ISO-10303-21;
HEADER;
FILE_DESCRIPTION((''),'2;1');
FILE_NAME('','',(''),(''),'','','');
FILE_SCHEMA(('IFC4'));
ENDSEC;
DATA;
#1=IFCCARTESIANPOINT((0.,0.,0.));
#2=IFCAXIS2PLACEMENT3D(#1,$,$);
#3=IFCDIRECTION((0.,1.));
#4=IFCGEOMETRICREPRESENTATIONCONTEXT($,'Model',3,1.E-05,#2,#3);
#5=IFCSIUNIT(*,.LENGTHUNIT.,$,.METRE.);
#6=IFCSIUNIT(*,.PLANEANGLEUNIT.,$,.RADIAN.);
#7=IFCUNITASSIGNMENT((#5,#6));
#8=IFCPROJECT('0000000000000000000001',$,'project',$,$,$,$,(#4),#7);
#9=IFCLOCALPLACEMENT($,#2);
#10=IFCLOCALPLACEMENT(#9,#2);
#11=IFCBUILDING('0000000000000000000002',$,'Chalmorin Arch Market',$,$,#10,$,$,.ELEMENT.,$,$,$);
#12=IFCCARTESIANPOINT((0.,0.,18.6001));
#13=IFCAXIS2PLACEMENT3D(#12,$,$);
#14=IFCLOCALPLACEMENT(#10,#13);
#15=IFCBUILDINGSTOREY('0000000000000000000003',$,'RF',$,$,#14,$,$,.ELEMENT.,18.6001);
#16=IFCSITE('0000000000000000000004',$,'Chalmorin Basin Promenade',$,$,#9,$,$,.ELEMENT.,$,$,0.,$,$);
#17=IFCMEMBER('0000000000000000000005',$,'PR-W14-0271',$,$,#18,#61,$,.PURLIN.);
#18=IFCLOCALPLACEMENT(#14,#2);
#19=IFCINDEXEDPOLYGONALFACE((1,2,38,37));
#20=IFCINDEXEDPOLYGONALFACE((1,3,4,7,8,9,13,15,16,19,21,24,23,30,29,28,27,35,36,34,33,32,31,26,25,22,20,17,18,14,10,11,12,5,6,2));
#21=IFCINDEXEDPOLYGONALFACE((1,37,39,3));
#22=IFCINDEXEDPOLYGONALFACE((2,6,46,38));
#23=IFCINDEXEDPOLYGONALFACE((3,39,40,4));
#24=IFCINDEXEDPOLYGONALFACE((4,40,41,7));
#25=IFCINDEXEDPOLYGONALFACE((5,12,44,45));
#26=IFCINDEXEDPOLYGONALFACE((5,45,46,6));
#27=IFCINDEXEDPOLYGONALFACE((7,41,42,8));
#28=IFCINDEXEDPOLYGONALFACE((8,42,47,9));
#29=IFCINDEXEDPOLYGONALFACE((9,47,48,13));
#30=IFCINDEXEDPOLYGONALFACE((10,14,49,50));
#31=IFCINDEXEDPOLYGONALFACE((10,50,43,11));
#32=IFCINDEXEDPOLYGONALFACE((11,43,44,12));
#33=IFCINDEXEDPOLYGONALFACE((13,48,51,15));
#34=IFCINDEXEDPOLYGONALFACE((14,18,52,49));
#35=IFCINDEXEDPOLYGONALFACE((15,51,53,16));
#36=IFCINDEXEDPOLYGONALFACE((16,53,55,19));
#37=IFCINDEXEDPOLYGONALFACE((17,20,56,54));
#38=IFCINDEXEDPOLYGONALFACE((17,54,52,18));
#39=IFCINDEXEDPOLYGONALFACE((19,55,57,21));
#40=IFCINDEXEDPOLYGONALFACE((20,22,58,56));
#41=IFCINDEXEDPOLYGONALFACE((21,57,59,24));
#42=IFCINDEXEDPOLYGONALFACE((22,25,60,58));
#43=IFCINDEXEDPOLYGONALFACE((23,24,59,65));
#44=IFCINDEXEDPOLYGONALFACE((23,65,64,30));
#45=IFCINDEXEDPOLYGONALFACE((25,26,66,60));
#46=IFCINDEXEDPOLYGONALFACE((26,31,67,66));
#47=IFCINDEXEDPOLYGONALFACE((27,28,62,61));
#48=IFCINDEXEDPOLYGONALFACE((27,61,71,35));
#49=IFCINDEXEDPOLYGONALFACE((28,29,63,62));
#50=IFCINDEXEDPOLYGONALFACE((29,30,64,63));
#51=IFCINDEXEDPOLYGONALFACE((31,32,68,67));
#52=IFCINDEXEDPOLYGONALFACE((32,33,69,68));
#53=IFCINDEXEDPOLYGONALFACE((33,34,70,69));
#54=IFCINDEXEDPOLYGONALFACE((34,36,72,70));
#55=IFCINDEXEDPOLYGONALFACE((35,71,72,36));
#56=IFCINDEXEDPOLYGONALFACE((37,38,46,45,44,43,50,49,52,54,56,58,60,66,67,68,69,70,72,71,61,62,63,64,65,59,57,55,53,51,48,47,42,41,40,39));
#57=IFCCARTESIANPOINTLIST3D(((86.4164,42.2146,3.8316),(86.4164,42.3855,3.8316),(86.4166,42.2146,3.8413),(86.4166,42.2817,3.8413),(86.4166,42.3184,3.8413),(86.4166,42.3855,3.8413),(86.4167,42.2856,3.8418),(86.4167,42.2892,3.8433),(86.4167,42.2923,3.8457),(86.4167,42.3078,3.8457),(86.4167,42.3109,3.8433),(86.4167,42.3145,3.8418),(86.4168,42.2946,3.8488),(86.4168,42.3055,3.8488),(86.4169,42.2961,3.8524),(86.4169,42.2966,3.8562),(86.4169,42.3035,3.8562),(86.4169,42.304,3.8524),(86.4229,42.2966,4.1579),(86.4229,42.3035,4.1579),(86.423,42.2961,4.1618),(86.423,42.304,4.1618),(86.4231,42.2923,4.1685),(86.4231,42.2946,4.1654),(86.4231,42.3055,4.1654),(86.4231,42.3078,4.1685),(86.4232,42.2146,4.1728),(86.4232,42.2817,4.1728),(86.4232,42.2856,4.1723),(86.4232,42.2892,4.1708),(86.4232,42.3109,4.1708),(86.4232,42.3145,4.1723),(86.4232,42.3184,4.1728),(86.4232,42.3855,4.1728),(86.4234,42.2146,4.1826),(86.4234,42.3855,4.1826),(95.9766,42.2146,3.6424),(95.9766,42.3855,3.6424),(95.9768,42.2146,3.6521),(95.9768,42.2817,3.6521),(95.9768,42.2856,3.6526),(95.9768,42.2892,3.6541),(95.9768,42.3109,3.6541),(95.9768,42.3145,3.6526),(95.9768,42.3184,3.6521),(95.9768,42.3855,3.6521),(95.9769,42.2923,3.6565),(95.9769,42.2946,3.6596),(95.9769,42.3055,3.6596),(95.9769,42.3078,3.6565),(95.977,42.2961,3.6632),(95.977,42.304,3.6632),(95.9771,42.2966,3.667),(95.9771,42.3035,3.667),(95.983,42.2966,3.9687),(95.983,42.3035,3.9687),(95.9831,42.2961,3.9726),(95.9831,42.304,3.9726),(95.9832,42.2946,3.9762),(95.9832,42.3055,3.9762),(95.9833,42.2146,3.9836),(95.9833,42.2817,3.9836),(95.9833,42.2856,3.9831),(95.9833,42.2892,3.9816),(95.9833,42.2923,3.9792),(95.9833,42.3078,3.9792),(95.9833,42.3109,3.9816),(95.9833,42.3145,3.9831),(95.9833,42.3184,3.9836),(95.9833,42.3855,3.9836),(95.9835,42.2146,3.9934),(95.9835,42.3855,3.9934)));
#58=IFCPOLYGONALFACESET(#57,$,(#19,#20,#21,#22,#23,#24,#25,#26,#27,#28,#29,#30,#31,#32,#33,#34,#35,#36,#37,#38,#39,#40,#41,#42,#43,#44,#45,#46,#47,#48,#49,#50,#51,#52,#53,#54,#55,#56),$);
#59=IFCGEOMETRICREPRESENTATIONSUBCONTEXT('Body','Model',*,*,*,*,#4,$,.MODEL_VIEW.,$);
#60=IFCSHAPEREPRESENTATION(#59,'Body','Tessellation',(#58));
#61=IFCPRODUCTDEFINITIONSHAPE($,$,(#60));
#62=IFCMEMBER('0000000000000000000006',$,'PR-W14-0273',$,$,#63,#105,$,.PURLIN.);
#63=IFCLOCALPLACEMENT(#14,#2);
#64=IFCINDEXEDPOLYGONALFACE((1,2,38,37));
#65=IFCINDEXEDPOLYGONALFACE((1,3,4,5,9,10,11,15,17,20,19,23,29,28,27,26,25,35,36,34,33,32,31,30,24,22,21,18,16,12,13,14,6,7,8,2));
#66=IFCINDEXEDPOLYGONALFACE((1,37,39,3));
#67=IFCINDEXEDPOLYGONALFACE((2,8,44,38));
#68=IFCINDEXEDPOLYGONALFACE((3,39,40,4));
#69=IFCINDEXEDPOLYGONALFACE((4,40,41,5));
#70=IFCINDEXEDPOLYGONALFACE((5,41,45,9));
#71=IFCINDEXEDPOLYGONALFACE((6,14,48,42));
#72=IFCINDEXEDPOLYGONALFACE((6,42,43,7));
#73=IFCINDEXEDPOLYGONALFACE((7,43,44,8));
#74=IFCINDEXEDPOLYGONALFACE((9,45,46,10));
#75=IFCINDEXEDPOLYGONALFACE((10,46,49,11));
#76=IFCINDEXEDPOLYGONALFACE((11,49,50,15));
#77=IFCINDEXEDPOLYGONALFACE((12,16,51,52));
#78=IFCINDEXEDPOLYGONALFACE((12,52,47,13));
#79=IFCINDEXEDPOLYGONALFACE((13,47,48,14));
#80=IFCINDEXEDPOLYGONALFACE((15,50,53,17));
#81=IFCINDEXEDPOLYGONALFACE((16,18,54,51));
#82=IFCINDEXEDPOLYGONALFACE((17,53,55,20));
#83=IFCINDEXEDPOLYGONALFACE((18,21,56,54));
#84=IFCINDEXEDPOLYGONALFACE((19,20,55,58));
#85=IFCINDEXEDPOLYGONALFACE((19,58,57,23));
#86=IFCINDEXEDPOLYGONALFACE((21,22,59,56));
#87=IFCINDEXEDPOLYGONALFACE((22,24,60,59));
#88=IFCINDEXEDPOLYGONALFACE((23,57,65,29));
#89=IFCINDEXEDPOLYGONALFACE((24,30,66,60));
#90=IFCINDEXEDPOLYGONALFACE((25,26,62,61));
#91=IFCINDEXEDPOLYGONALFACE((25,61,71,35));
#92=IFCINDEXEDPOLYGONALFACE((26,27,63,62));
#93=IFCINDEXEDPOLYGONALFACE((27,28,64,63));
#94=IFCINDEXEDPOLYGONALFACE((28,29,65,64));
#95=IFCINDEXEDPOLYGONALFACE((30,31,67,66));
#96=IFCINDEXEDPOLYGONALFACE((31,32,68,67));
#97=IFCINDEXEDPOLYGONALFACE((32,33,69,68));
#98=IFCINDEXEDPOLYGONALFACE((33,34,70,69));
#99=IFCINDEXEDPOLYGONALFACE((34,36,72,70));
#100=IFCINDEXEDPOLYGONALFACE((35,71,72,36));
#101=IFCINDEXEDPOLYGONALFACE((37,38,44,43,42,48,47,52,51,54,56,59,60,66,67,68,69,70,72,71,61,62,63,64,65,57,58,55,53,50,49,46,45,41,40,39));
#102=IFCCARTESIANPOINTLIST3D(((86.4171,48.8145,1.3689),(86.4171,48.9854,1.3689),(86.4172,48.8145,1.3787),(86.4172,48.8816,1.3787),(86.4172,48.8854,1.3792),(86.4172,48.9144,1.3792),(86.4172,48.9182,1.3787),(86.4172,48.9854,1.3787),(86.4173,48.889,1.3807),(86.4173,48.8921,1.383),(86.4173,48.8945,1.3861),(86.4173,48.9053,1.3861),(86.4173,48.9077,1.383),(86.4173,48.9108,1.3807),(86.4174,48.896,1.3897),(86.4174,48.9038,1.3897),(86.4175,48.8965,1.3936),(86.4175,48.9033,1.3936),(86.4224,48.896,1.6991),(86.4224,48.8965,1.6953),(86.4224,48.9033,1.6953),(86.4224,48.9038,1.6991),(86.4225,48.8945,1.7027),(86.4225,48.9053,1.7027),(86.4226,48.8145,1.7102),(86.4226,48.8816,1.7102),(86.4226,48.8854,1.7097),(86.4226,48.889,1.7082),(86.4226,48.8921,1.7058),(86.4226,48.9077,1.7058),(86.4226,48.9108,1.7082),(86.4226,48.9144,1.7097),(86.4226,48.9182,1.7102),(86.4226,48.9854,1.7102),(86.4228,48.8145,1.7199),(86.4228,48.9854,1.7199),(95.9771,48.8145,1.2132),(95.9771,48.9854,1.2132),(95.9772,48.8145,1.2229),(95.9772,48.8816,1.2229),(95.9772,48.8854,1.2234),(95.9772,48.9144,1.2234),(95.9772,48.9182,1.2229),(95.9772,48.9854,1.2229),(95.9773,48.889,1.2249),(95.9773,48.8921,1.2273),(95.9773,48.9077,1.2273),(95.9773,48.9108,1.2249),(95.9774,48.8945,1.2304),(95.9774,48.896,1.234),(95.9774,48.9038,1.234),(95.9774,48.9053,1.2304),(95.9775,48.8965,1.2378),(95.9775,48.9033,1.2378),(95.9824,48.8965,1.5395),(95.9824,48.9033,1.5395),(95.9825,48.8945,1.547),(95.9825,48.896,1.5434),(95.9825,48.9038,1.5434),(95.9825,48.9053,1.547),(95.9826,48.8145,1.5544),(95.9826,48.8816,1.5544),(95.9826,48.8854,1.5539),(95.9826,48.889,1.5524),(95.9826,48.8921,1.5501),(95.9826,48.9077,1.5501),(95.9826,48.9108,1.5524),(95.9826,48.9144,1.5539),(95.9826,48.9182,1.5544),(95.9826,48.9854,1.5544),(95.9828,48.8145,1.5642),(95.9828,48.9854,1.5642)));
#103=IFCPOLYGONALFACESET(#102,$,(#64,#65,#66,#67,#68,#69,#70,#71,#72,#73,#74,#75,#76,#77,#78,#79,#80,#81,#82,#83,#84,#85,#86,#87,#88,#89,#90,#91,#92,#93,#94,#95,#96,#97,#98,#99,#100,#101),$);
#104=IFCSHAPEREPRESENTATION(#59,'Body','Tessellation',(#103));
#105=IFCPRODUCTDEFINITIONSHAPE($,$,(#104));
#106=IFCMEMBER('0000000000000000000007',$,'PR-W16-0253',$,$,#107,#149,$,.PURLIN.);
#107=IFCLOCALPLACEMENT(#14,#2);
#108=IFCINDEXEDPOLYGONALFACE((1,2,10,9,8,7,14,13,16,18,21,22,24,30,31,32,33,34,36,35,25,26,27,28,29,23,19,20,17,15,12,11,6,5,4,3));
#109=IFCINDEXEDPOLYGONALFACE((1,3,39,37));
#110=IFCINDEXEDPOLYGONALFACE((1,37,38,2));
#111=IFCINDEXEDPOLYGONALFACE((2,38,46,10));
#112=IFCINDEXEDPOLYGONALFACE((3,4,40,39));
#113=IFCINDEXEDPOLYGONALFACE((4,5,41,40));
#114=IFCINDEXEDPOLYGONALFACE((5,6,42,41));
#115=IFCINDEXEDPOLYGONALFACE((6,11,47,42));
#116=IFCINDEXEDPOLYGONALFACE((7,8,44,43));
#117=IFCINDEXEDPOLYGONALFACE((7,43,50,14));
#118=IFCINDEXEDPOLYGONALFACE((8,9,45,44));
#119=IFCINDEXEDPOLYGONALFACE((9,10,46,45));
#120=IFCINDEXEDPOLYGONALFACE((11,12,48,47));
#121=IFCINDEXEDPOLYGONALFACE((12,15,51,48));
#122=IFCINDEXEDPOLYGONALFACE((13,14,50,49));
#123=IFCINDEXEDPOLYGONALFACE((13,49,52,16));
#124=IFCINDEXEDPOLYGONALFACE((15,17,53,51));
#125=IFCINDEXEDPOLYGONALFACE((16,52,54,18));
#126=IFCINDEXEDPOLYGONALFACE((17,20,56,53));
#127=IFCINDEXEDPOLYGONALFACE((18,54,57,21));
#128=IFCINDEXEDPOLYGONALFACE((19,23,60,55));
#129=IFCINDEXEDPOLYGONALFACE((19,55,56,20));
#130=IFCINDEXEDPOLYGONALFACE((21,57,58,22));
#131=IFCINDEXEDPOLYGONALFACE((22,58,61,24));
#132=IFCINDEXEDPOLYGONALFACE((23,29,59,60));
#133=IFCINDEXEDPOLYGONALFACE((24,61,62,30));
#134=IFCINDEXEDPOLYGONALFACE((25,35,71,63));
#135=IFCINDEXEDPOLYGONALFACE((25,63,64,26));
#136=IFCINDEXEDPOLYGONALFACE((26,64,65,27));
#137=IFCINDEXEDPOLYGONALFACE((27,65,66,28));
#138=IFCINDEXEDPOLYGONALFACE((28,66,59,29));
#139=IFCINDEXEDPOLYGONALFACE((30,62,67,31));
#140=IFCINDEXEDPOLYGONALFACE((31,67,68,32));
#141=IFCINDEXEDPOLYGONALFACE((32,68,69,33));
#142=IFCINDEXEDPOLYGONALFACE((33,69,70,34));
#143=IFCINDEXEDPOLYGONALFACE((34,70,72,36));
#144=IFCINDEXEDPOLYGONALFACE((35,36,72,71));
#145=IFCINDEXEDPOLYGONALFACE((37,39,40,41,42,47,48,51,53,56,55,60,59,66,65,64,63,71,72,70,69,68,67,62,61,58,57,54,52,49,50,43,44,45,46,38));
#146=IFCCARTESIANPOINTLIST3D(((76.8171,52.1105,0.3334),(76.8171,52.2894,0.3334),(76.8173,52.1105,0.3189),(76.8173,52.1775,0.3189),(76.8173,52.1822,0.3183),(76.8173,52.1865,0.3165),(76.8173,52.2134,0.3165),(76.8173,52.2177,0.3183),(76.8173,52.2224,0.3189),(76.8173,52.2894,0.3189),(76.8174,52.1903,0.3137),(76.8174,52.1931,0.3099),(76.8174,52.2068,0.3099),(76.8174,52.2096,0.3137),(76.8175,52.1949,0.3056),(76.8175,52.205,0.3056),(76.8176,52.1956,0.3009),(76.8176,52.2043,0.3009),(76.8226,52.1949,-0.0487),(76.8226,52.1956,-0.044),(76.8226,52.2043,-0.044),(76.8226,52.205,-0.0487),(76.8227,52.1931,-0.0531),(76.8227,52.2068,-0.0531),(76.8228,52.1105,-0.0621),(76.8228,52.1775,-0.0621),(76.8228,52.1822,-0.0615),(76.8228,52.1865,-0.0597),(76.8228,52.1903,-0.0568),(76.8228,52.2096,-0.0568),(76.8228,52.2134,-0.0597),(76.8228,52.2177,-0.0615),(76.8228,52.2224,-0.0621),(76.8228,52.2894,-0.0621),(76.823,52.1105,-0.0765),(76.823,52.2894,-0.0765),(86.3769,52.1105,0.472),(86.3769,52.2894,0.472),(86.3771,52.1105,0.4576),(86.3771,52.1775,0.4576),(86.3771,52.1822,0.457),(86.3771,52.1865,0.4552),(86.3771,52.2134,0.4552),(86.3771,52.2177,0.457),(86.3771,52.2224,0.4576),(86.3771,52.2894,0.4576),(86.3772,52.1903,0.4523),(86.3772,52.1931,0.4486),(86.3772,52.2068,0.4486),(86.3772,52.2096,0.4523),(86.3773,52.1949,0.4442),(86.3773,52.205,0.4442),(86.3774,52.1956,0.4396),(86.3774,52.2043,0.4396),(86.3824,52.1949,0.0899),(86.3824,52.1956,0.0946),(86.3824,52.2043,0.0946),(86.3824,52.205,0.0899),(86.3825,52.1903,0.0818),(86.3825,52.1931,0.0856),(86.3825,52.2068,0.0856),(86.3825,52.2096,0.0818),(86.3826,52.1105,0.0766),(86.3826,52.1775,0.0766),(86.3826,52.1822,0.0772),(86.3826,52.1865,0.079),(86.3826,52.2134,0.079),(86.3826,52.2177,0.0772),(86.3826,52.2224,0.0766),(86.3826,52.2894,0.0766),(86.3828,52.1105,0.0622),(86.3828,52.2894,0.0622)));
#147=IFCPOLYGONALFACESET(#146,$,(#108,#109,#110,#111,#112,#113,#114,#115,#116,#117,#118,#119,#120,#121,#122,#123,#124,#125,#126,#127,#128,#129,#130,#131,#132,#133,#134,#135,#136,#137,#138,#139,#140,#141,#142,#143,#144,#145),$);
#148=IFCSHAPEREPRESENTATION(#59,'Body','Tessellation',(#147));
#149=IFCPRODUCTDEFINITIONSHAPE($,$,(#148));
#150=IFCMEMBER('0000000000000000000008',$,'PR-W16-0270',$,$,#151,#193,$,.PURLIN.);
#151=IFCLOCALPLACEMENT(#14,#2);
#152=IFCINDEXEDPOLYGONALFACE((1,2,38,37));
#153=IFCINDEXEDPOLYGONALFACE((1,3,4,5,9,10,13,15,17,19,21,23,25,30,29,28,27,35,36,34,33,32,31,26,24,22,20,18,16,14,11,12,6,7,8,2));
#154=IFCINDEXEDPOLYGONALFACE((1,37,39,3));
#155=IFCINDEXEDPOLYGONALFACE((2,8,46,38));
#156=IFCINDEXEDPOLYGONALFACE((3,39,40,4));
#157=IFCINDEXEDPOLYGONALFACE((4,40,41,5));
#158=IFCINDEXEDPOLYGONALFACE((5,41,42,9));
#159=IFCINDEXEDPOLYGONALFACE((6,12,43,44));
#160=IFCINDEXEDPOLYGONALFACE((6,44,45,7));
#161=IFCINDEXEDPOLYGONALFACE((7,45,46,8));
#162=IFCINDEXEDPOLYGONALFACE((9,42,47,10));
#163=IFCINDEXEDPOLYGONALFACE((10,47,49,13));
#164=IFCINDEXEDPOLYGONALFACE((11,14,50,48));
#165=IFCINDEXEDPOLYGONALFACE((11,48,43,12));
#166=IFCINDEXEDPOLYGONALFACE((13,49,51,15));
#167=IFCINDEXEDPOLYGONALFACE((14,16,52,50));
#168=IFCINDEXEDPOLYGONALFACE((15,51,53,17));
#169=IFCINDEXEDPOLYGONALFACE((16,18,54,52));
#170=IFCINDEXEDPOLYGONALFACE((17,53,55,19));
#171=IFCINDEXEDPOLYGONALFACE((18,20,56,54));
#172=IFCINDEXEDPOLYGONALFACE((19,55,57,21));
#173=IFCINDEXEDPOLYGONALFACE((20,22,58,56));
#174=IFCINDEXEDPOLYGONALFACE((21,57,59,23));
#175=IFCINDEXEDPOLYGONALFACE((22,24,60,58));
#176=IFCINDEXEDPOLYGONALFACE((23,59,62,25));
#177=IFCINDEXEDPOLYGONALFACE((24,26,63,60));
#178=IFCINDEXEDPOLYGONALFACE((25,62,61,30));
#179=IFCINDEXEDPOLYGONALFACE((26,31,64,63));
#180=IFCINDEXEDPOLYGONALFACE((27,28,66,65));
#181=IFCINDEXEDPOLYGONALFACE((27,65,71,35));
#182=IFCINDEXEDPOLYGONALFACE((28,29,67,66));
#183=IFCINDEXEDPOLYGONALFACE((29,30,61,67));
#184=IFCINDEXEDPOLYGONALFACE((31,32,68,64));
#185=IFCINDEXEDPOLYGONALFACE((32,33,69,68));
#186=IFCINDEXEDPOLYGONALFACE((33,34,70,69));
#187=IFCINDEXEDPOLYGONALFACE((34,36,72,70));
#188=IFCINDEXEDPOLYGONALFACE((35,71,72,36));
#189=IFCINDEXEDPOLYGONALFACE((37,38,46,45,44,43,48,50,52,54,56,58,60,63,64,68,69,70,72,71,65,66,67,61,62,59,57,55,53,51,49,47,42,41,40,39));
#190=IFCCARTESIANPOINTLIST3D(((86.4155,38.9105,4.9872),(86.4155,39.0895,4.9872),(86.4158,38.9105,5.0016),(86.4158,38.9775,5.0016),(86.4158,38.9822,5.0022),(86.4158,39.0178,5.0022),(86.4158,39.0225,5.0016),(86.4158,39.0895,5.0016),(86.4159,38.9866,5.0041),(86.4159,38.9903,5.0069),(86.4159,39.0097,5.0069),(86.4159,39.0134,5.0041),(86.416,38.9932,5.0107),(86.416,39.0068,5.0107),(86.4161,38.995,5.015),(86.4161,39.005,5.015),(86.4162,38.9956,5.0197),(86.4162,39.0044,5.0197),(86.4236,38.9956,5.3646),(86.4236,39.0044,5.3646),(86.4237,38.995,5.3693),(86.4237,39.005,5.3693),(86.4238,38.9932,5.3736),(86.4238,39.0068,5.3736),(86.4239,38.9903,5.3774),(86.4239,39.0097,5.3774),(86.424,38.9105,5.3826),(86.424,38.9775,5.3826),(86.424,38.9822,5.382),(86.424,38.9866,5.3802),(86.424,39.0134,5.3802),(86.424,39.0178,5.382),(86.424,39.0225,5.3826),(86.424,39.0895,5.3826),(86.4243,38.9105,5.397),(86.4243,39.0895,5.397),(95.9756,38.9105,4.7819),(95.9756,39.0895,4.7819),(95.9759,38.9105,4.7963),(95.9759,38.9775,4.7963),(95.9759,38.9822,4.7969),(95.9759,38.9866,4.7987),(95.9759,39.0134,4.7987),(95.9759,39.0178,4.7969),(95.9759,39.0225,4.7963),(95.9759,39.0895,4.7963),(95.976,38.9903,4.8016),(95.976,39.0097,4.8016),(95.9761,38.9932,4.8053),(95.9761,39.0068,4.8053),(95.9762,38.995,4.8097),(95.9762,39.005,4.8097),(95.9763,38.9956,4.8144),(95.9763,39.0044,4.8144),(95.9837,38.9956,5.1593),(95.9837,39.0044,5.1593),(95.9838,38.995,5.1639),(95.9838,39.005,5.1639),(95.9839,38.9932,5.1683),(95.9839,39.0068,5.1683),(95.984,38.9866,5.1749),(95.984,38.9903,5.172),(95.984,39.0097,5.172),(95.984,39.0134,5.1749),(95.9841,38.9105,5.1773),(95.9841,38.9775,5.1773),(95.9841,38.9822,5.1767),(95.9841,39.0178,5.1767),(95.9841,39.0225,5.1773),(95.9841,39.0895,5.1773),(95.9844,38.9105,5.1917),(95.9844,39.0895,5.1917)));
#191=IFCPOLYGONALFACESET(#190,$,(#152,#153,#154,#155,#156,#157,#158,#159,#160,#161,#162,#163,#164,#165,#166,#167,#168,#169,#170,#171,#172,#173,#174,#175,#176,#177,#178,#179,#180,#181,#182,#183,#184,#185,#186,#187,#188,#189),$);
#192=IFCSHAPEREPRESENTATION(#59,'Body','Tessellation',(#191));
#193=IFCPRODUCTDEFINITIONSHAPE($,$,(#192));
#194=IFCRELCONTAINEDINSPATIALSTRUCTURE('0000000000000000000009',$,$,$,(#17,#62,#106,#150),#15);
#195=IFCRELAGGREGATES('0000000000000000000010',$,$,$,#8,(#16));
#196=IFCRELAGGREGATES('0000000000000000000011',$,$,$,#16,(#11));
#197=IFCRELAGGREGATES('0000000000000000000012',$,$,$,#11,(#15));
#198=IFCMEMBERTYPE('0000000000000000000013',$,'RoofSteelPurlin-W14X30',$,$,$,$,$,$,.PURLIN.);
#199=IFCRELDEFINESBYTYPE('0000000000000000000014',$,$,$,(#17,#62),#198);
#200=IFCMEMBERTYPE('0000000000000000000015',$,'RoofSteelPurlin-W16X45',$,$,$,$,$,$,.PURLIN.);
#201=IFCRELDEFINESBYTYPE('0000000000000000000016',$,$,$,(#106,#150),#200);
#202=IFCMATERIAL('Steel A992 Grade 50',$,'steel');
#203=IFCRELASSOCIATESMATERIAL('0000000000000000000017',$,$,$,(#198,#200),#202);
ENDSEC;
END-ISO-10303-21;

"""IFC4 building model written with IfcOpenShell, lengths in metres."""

from ifc_helpers import new_model, si_unit, direction, frame, origin, origin_2d, place, context, subcontext, project, spatial, i_section, extrude, material, material_profile, profile_set, type_object, element, save


model = new_model("IFC4")

# Units and contexts
model_context = context("Model", 3, precision=1e-05, world=origin(), true_north=direction((0.0, 1.0)))
body_context = subcontext(model_context, "Body", "Model", "MODEL_VIEW")
ifc_project = project(units=[si_unit("LENGTHUNIT", "METRE"), si_unit("PLANEANGLEUNIT", "RADIAN")], contexts=[model_context])

# Site, building, storey
site_placement = place(None, origin())
site = spatial("IfcSite", under=ifc_project, at=site_placement, Name="Chalmorin Basin Promenade", CompositionType="ELEMENT", RefElevation=0.0)
building_placement = place(site_placement, origin())
building = spatial("IfcBuilding", under=site, at=building_placement, Name="Chalmorin Arch Market", CompositionType="ELEMENT")
storey_placement = place(building_placement, frame((0.0, 0.0, 18.6001)))
storey = spatial("IfcBuildingStorey", under=building, at=storey_placement, Name="RF", CompositionType="ELEMENT", Elevation=18.6001)

# Members
ifc_material_1 = material(Name="Steel A992 Grade 50", Category="steel")
ifc_material_profile_1 = material_profile(ifc_material_1, i_section(OverallWidth=0.1709, OverallDepth=0.3511, WebThickness=0.0068, FlangeThickness=0.0098, FilletRadius=0.0149, at=origin_2d()), Name="W14X30")
ifc_profile_set_1 = profile_set([ifc_material_profile_1], Name="Steel A992 Grade 50")
member_type_1 = type_object("IfcMemberType", Name="RoofSteelPurlin-W14X30", PredefinedType="PURLIN", material=ifc_profile_set_1)
member_1_placement = place(storey_placement, frame((86.4199, 42.3, 4.0071), z_axis=(0.999804, 0.0, -0.019788), x_axis=(0.0, 1.0, 0.0)))
element("IfcMember", 1, at=member_1_placement, inside=storey, type_object=member_type_1, Name="PR-W14-0271", PredefinedType="PURLIN", context=body_context, shape_type="SweptSolid", body=[
    extrude(i_section(OverallWidth=0.1709, OverallDepth=0.3511, WebThickness=0.0068, FlangeThickness=0.0098, FilletRadius=0.0149, at=origin_2d()), origin(), (0.0, 0.0, 1.0), 9.562),
])
member_2_placement = place(storey_placement, frame((86.4199, 48.8999, 1.5444), z_axis=(0.999867, 0.0, -0.016291), x_axis=(0.0, 1.0, 0.0)))
element("IfcMember", 2, at=member_2_placement, inside=storey, type_object=member_type_1, Name="PR-W14-0273", PredefinedType="PURLIN", context=body_context, shape_type="SweptSolid", body=[
    extrude(i_section(OverallWidth=0.1709, OverallDepth=0.3511, WebThickness=0.0068, FlangeThickness=0.0098, FilletRadius=0.0149, at=origin_2d()), origin(), (0.0, 0.0, 1.0), 9.5613),
])
ifc_material_profile_2 = material_profile(ifc_material_1, i_section(OverallWidth=0.179, OverallDepth=0.4099, WebThickness=0.0088, FlangeThickness=0.0144, FilletRadius=0.0181, at=origin_2d()), Name="W16X45")
ifc_profile_set_2 = profile_set([ifc_material_profile_2], Name="Steel A992 Grade 50")
member_type_2 = type_object("IfcMemberType", Name="RoofSteelPurlin-W16X45", PredefinedType="PURLIN", material=ifc_profile_set_2)
member_3_placement = place(storey_placement, frame((76.8201, 52.2, 0.1284), z_axis=(0.999895, 0.0, 0.014504), x_axis=(0.0, 1.0, 0.0)))
element("IfcMember", 3, at=member_3_placement, inside=storey, type_object=member_type_2, Name="PR-W16-0253", PredefinedType="PURLIN", context=body_context, shape_type="SweptSolid", body=[
    extrude(i_section(OverallWidth=0.179, OverallDepth=0.4099, WebThickness=0.0088, FlangeThickness=0.0144, FilletRadius=0.0181, at=origin_2d()), origin(), (0.0, 0.0, 1.0), 9.5608),
])
member_4_placement = place(storey_placement, frame((86.4199, 39.0, 5.1921), z_axis=(0.999769, 0.0, -0.021472), x_axis=(0.0, 1.0, 0.0)))
element("IfcMember", 4, at=member_4_placement, inside=storey, type_object=member_type_2, Name="PR-W16-0270", PredefinedType="PURLIN", context=body_context, shape_type="SweptSolid", body=[
    extrude(i_section(OverallWidth=0.179, OverallDepth=0.4099, WebThickness=0.0088, FlangeThickness=0.0144, FilletRadius=0.0181, at=origin_2d()), origin(), (0.0, 0.0, 1.0), 9.5623),
])

save(model, "model.ifc")
